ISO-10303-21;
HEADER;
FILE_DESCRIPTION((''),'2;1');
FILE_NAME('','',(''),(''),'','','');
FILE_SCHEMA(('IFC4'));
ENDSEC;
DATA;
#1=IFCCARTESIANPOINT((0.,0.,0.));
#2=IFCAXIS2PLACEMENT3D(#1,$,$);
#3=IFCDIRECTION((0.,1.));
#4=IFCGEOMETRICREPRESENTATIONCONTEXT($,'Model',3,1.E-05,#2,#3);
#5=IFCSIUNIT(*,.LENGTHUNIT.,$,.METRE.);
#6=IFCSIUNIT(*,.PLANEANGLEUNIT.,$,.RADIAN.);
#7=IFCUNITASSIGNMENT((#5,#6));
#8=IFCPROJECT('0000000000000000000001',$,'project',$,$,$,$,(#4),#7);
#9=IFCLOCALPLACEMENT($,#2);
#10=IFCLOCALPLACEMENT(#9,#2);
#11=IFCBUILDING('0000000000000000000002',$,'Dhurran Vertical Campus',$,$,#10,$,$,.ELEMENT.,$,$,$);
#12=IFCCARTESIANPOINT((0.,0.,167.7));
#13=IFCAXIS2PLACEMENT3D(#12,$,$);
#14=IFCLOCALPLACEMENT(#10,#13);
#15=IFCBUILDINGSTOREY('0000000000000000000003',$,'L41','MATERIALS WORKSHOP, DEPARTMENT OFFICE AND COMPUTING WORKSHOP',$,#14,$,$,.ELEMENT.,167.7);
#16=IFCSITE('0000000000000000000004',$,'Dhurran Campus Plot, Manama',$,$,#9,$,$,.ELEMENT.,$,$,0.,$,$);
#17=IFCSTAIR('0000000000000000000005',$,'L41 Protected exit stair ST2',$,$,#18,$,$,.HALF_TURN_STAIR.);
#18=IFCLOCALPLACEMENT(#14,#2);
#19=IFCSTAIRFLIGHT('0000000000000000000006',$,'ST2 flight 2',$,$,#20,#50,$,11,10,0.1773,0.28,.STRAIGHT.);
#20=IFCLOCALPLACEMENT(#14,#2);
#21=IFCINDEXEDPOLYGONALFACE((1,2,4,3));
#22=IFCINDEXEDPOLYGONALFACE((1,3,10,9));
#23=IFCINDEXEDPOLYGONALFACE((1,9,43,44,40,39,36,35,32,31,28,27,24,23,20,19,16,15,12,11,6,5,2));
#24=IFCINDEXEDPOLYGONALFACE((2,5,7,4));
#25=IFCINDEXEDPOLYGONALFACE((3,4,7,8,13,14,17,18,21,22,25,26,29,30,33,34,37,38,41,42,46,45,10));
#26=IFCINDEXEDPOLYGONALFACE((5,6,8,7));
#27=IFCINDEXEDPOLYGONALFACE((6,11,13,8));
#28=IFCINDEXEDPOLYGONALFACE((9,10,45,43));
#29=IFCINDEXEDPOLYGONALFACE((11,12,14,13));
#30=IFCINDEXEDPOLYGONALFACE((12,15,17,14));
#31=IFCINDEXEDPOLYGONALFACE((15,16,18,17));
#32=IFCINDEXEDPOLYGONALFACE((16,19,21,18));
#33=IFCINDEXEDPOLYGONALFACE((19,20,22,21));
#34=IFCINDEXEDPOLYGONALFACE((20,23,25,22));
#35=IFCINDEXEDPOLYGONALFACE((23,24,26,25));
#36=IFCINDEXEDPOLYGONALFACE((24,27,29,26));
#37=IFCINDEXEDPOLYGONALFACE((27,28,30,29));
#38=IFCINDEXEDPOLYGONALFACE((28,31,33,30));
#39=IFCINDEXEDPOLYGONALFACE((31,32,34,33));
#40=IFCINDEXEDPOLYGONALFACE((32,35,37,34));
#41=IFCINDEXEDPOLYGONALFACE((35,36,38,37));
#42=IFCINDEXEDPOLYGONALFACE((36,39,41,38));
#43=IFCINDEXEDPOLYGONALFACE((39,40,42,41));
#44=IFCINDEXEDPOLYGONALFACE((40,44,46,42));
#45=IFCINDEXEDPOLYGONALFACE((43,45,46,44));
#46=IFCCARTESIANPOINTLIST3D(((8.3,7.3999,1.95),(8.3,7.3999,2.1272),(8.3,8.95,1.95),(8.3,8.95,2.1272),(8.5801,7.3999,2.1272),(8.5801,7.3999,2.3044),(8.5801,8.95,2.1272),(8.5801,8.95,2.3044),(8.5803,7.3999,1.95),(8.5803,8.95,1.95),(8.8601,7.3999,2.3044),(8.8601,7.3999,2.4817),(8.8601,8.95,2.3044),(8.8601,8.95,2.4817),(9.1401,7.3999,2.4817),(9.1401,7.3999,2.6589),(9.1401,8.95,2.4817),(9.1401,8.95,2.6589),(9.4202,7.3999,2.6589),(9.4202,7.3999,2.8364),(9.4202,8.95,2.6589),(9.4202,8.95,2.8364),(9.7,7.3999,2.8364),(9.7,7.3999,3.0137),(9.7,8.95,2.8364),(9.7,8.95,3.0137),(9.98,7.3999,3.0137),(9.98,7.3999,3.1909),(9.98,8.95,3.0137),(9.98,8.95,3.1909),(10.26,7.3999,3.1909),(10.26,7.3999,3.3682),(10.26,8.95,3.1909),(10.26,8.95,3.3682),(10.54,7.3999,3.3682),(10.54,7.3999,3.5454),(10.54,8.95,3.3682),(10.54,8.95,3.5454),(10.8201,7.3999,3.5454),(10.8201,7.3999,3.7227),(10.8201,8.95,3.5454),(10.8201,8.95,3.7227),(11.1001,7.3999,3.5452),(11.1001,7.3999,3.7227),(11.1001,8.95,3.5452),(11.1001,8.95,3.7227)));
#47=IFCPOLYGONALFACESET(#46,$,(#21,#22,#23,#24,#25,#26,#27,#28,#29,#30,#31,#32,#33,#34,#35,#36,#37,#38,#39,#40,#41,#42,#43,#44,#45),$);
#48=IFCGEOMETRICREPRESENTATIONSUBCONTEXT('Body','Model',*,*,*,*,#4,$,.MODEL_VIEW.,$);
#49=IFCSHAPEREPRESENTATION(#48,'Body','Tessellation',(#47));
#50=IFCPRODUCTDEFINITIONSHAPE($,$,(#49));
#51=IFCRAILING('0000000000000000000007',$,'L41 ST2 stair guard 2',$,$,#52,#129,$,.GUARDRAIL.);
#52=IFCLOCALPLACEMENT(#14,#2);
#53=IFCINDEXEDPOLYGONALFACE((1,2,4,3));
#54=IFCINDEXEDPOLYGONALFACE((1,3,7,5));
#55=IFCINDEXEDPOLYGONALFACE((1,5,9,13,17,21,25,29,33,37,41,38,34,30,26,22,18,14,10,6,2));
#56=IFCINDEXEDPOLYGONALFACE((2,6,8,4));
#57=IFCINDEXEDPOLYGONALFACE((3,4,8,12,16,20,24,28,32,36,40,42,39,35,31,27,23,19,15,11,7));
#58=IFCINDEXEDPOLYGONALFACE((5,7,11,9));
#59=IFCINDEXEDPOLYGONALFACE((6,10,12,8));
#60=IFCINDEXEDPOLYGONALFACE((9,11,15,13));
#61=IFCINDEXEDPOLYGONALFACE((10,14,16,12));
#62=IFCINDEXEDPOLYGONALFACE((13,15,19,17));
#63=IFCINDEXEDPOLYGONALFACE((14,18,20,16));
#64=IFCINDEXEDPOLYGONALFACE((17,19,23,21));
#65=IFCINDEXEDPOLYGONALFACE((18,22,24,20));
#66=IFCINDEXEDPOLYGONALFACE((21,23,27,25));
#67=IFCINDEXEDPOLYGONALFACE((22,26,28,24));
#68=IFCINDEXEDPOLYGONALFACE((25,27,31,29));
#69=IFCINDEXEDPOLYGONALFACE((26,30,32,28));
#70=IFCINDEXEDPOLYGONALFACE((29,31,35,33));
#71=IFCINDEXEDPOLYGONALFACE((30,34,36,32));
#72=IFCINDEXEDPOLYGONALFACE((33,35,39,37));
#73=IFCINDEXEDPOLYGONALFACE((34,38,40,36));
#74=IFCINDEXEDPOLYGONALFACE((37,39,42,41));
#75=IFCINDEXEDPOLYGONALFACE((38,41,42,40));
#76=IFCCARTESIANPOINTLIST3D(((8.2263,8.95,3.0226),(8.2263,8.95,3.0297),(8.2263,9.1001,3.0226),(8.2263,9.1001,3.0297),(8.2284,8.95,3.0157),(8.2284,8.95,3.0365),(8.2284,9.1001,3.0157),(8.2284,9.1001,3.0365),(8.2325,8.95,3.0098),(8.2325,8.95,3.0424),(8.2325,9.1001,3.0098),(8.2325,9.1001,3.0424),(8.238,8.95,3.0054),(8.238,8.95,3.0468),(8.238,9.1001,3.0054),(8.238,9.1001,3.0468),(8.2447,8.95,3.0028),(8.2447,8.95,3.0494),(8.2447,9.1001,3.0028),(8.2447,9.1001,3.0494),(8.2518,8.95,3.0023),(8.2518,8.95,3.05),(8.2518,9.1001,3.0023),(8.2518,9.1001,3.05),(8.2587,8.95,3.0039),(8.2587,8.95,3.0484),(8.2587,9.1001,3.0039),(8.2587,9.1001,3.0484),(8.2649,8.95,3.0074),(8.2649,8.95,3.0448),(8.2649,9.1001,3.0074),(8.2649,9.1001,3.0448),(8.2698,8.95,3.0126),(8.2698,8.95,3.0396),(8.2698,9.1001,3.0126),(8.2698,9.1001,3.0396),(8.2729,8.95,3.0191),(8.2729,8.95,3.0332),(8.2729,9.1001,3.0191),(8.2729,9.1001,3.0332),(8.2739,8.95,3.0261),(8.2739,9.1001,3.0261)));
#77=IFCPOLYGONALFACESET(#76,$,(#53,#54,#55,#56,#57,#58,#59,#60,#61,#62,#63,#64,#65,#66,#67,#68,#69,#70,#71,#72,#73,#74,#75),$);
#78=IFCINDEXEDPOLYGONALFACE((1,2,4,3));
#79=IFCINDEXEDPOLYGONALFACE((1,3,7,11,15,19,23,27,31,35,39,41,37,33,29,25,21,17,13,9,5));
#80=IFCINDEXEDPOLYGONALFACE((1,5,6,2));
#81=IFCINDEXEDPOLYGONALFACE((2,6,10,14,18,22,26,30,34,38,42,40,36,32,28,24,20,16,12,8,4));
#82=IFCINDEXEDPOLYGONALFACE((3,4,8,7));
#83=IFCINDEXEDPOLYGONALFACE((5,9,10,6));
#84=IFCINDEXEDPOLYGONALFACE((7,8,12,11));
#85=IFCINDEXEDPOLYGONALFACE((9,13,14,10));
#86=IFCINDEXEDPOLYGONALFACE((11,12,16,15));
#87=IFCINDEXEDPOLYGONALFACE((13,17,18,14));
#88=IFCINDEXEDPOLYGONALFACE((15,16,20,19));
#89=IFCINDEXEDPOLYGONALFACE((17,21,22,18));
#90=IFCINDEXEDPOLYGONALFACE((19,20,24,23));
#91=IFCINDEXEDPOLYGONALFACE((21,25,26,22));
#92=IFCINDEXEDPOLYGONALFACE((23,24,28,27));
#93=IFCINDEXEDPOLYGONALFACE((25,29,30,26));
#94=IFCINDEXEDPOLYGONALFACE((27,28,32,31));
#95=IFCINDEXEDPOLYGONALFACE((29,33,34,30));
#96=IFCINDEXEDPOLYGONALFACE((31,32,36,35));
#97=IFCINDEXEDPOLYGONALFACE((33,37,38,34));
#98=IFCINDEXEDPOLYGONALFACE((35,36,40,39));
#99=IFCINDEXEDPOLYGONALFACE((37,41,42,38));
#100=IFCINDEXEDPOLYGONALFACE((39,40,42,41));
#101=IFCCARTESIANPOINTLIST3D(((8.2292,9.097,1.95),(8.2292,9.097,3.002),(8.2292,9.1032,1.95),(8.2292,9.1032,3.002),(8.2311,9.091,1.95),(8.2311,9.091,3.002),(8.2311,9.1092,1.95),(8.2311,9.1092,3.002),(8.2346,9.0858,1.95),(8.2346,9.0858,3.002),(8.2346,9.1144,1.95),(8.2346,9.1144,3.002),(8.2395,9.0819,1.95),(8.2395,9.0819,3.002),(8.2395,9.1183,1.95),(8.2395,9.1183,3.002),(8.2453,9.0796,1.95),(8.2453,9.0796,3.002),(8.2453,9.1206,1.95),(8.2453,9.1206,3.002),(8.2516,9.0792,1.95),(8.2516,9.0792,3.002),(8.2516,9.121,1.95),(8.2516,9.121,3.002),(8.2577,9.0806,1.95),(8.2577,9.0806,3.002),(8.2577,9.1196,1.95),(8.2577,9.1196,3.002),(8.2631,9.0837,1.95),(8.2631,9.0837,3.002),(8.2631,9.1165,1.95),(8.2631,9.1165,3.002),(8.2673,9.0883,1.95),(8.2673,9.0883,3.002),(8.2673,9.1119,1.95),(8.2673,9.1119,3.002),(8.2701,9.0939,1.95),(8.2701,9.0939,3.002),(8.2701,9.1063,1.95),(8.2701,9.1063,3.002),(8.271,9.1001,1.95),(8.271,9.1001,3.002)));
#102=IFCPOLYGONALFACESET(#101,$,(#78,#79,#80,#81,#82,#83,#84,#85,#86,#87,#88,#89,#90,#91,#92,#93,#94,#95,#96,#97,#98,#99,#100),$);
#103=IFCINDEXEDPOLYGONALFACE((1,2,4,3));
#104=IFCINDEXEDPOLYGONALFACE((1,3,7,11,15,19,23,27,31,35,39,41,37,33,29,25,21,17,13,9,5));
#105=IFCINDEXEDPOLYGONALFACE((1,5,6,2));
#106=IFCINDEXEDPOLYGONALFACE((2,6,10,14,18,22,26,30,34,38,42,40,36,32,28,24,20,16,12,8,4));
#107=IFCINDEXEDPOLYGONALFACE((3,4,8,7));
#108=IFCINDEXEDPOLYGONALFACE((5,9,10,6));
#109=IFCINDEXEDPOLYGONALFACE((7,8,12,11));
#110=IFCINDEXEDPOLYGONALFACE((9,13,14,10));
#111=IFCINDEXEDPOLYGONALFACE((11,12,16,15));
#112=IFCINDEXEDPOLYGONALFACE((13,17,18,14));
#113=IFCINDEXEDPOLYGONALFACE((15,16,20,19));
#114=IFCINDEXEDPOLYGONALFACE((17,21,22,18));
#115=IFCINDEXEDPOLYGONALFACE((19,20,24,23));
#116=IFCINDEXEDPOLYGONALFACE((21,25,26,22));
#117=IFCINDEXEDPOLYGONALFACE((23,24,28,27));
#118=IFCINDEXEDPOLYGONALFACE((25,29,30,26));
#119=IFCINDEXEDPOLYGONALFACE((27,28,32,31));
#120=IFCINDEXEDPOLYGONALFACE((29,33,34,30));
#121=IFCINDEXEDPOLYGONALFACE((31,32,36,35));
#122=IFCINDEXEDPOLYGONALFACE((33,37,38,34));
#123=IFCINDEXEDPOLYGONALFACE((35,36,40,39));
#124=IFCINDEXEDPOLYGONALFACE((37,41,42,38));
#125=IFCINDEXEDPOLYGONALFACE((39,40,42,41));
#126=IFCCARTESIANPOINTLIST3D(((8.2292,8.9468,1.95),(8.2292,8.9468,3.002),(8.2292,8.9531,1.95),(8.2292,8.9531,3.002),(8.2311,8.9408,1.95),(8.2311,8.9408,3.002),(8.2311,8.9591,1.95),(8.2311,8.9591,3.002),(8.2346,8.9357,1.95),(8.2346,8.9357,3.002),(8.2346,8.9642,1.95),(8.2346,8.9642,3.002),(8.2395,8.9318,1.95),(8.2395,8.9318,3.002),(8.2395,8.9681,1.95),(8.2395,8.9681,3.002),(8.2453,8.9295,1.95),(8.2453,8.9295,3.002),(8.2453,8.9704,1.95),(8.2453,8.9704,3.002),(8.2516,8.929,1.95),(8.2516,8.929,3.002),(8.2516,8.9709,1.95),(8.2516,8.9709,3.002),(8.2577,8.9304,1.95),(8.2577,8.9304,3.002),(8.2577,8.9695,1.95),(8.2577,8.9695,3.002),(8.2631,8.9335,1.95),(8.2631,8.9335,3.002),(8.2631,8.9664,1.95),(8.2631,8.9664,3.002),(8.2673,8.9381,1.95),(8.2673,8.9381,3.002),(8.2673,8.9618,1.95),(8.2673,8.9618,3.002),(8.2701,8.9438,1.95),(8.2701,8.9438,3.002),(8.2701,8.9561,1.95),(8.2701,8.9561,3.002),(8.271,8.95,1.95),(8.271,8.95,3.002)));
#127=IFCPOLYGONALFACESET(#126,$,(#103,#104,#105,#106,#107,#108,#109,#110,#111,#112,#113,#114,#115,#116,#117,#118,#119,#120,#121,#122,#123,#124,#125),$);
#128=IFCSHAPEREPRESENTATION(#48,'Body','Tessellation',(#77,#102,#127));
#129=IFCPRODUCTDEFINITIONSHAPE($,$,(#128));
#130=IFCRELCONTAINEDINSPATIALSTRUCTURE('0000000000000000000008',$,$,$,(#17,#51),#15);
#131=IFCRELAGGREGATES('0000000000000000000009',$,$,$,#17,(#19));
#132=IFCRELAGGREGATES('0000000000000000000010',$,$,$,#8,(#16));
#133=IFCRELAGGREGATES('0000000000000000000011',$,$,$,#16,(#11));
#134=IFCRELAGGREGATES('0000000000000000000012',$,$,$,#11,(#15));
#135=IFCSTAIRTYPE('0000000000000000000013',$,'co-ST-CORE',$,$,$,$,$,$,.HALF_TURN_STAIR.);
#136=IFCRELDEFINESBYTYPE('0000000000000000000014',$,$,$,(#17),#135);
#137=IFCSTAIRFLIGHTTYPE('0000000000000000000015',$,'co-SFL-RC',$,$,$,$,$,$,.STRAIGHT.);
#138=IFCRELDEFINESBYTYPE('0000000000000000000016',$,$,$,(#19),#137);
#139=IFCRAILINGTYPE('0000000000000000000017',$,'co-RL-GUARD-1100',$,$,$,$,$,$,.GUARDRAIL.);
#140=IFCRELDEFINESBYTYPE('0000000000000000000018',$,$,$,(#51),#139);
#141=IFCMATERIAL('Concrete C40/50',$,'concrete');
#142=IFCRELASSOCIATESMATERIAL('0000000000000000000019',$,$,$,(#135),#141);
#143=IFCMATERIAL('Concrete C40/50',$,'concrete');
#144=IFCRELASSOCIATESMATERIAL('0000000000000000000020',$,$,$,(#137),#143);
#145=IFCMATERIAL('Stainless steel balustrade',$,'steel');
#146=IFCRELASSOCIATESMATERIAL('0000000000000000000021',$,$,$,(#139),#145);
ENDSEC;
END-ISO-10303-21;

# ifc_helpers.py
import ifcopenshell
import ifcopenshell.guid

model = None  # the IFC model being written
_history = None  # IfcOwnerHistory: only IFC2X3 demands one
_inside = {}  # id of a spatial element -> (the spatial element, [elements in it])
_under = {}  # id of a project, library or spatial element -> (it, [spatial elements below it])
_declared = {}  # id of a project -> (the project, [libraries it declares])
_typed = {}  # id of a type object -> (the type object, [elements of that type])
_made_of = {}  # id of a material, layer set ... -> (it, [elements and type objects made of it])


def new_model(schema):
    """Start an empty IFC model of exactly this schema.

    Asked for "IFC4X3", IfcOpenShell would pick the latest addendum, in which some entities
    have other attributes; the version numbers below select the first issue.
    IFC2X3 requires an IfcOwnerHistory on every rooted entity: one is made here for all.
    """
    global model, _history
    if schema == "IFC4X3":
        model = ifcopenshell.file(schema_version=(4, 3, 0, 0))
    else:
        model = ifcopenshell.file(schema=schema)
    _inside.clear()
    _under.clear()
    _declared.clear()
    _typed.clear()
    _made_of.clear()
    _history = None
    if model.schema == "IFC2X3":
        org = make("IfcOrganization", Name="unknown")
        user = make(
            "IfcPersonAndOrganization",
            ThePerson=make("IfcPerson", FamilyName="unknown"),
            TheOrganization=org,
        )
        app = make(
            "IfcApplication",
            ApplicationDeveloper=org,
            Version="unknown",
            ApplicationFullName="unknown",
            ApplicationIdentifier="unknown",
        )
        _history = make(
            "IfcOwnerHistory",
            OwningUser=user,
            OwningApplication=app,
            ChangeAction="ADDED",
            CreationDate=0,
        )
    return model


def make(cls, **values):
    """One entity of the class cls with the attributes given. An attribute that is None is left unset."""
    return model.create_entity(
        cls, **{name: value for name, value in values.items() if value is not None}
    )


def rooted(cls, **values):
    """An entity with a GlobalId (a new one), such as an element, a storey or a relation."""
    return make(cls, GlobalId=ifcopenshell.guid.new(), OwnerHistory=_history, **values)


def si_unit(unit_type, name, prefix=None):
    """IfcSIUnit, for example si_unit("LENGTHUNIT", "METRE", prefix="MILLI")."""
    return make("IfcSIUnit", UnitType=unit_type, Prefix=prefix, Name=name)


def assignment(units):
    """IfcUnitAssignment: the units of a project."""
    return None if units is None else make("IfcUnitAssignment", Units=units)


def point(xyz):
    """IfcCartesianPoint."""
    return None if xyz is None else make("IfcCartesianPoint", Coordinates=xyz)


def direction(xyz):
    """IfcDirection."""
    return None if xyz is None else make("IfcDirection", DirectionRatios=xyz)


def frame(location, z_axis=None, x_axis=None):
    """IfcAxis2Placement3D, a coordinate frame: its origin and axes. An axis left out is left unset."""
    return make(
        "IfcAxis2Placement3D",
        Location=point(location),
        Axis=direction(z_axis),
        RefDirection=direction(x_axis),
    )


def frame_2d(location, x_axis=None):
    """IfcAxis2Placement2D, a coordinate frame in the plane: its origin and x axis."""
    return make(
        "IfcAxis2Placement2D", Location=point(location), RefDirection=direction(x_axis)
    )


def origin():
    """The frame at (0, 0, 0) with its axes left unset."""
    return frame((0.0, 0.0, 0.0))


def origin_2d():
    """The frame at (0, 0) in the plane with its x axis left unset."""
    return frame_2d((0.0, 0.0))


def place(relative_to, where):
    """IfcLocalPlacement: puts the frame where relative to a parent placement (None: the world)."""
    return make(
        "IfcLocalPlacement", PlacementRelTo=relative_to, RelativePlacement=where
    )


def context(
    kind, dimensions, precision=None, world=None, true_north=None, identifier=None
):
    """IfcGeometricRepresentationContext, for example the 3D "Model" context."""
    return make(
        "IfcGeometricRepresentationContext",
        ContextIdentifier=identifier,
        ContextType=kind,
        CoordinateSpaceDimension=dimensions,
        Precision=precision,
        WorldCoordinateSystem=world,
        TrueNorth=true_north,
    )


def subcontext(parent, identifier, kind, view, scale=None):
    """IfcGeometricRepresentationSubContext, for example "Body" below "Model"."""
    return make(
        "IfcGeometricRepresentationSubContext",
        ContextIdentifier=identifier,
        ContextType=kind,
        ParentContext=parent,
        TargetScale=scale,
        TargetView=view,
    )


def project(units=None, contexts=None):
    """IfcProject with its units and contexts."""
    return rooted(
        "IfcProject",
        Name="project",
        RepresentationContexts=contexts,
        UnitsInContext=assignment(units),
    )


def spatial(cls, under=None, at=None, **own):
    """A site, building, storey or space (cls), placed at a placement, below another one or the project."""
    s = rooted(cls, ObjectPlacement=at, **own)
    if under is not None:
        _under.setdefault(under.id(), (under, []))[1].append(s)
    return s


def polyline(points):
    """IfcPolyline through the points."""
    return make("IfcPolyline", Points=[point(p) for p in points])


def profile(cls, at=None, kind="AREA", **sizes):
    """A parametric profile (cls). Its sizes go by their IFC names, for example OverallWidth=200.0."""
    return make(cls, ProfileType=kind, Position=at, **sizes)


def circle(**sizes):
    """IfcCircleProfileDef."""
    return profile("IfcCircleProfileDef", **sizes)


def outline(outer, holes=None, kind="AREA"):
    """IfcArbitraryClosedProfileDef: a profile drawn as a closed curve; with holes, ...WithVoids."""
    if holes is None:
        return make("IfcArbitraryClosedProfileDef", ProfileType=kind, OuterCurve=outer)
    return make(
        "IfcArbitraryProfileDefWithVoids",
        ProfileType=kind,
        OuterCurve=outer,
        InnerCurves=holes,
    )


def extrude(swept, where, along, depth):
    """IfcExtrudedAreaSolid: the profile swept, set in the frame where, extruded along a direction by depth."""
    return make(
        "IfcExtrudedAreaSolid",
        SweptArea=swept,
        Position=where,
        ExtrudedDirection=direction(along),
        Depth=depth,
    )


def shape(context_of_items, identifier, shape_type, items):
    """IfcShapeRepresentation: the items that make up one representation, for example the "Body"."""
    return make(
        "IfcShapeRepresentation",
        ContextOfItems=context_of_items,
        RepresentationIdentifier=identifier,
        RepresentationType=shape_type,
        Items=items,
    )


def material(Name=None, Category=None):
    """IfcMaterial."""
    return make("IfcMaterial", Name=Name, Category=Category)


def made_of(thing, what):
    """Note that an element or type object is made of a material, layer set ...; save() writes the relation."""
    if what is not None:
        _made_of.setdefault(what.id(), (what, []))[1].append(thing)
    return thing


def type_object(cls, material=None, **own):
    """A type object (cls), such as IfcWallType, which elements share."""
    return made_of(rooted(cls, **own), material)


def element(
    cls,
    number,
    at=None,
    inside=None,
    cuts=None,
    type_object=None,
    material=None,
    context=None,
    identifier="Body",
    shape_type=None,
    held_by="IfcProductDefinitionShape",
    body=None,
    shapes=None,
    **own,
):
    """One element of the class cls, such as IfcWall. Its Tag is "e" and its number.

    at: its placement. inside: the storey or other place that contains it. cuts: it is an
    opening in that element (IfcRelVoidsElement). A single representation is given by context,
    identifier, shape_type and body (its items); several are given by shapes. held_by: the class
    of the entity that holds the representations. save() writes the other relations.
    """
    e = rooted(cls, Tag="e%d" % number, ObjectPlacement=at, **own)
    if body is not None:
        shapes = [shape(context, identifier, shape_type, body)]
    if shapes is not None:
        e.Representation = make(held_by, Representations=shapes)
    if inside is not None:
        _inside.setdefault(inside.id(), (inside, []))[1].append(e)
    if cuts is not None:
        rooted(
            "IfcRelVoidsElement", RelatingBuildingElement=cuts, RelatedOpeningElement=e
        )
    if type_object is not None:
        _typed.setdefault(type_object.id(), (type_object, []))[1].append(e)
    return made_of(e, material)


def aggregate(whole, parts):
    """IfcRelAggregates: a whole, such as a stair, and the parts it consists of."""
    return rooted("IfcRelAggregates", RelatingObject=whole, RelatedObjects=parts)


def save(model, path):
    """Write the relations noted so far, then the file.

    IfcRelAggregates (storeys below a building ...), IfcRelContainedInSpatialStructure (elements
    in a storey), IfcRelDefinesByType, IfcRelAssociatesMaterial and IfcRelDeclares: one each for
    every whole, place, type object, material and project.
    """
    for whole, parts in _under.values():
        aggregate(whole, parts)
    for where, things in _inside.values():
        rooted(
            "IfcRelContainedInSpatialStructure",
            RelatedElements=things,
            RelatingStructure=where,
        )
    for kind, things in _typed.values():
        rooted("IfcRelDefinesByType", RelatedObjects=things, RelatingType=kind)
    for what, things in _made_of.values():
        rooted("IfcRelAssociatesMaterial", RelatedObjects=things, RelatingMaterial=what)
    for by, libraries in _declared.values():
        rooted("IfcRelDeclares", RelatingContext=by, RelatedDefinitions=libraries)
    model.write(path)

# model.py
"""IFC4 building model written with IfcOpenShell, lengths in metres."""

from ifc_helpers import new_model, si_unit, direction, frame, origin, origin_2d, place, context, subcontext, project, spatial, polyline, circle, outline, extrude, material, type_object, element, aggregate, save


model = new_model("IFC4")

# Units and contexts
model_context = context("Model", 3, precision=1e-05, world=origin(), true_north=direction((0.0, 1.0)))
body_context = subcontext(model_context, "Body", "Model", "MODEL_VIEW")
ifc_project = project(units=[si_unit("LENGTHUNIT", "METRE"), si_unit("PLANEANGLEUNIT", "RADIAN")], contexts=[model_context])

# Site, building, storey
site_placement = place(None, origin())
site = spatial("IfcSite", under=ifc_project, at=site_placement, Name="Dhurran Campus Plot, Manama", CompositionType="ELEMENT", RefElevation=0.0)
building_placement = place(site_placement, origin())
building = spatial("IfcBuilding", under=site, at=building_placement, Name="Dhurran Vertical Campus", CompositionType="ELEMENT")
storey_placement = place(building_placement, frame((0.0, 0.0, 167.7)))
storey = spatial("IfcBuildingStorey", under=building, at=storey_placement, Name="L41", Description="MATERIALS WORKSHOP, DEPARTMENT OFFICE AND COMPUTING WORKSHOP", CompositionType="ELEMENT", Elevation=167.7)

# Shared definitions
ifc_material_1 = material(Name="Concrete C40/50", Category="concrete")
stair_type = type_object("IfcStairType", Name="co-ST-CORE", PredefinedType="HALF_TURN_STAIR", material=ifc_material_1)

# Stair, stair flight
stair_1_placement = place(storey_placement, origin())
stair_1 = element("IfcStair", 1, at=stair_1_placement, inside=storey, type_object=stair_type, Name="L41 Protected exit stair ST2", PredefinedType="HALF_TURN_STAIR")
ifc_material_2 = material(Name="Concrete C40/50", Category="concrete")
stair_flight_type = type_object("IfcStairFlightType", Name="co-SFL-RC", PredefinedType="STRAIGHT", material=ifc_material_2)
stair_flight_placement = place(storey_placement, frame((8.3, 8.175, 1.95), z_axis=(0.0, 0.0, 1.0), x_axis=(1.0, 0.0, 0.0)))
stair_flight = element("IfcStairFlight", 2, at=stair_flight_placement, type_object=stair_flight_type, Name="ST2 flight 2", NumberOfRisers=11, NumberOfTreads=10, PredefinedType="STRAIGHT", RiserHeight=0.1773, TreadLength=0.28, context=body_context, shape_type="SweptSolid", body=[
    extrude(outline(polyline([(0.0, 0.0), (0.0, 0.1772), (0.28, 0.1772), (0.28, 0.3545), (0.5601, 0.3545), (0.5601, 0.5317), (0.8401, 0.5317), (0.8401, 0.709), (1.1201, 0.709), (1.1201, 0.8865), (1.3999, 0.8865), (1.3999, 1.0637), (1.6799, 1.0637), (1.6799, 1.241), (1.96, 1.241), (1.96, 1.4182), (2.24, 1.4182), (2.24, 1.5955), (2.52, 1.5955), (2.52, 1.7727), (2.8, 1.7727), (2.8, 1.95), (2.8, 1.5952), (0.2803, 0.0), (0.0, 0.0)])), frame((0.0, 0.7749, 0.0), z_axis=(0.0, -1.0, 0.0), x_axis=(1.0, 0.0, 0.0)), (0.0, 0.0, 1.0), 1.55),
])
aggregate(stair_1, [stair_flight])

# Railing
ifc_material_3 = material(Name="Stainless steel balustrade", Category="steel")
railing_type_1 = type_object("IfcRailingType", Name="co-RL-GUARD-1100", PredefinedType="GUARDRAIL", material=ifc_material_3)
railing_1_placement = place(storey_placement, frame((8.25, 9.1001, 1.95)))
element("IfcRailing", 3, at=railing_1_placement, inside=storey, type_object=railing_type_1, Name="L41 ST2 stair guard 2", PredefinedType="GUARDRAIL", context=body_context, shape_type="SweptSolid", body=[
    extrude(circle(Radius=0.0239, at=origin_2d()), frame((0.0, 0.0, 1.0762), z_axis=(0.0, -1.0, 0.0), x_axis=(1.0, 0.0, 0.0)), (0.0, 0.0, 1.0), 0.1501),
    extrude(circle(Radius=0.021, at=origin_2d()), origin(), (0.0, 0.0, 1.0), 1.052),
    extrude(circle(Radius=0.021, at=origin_2d()), frame((0.0, -0.1501, 0.0)), (0.0, 0.0, 1.0), 1.052),
])

save(model, "model.ifc")
